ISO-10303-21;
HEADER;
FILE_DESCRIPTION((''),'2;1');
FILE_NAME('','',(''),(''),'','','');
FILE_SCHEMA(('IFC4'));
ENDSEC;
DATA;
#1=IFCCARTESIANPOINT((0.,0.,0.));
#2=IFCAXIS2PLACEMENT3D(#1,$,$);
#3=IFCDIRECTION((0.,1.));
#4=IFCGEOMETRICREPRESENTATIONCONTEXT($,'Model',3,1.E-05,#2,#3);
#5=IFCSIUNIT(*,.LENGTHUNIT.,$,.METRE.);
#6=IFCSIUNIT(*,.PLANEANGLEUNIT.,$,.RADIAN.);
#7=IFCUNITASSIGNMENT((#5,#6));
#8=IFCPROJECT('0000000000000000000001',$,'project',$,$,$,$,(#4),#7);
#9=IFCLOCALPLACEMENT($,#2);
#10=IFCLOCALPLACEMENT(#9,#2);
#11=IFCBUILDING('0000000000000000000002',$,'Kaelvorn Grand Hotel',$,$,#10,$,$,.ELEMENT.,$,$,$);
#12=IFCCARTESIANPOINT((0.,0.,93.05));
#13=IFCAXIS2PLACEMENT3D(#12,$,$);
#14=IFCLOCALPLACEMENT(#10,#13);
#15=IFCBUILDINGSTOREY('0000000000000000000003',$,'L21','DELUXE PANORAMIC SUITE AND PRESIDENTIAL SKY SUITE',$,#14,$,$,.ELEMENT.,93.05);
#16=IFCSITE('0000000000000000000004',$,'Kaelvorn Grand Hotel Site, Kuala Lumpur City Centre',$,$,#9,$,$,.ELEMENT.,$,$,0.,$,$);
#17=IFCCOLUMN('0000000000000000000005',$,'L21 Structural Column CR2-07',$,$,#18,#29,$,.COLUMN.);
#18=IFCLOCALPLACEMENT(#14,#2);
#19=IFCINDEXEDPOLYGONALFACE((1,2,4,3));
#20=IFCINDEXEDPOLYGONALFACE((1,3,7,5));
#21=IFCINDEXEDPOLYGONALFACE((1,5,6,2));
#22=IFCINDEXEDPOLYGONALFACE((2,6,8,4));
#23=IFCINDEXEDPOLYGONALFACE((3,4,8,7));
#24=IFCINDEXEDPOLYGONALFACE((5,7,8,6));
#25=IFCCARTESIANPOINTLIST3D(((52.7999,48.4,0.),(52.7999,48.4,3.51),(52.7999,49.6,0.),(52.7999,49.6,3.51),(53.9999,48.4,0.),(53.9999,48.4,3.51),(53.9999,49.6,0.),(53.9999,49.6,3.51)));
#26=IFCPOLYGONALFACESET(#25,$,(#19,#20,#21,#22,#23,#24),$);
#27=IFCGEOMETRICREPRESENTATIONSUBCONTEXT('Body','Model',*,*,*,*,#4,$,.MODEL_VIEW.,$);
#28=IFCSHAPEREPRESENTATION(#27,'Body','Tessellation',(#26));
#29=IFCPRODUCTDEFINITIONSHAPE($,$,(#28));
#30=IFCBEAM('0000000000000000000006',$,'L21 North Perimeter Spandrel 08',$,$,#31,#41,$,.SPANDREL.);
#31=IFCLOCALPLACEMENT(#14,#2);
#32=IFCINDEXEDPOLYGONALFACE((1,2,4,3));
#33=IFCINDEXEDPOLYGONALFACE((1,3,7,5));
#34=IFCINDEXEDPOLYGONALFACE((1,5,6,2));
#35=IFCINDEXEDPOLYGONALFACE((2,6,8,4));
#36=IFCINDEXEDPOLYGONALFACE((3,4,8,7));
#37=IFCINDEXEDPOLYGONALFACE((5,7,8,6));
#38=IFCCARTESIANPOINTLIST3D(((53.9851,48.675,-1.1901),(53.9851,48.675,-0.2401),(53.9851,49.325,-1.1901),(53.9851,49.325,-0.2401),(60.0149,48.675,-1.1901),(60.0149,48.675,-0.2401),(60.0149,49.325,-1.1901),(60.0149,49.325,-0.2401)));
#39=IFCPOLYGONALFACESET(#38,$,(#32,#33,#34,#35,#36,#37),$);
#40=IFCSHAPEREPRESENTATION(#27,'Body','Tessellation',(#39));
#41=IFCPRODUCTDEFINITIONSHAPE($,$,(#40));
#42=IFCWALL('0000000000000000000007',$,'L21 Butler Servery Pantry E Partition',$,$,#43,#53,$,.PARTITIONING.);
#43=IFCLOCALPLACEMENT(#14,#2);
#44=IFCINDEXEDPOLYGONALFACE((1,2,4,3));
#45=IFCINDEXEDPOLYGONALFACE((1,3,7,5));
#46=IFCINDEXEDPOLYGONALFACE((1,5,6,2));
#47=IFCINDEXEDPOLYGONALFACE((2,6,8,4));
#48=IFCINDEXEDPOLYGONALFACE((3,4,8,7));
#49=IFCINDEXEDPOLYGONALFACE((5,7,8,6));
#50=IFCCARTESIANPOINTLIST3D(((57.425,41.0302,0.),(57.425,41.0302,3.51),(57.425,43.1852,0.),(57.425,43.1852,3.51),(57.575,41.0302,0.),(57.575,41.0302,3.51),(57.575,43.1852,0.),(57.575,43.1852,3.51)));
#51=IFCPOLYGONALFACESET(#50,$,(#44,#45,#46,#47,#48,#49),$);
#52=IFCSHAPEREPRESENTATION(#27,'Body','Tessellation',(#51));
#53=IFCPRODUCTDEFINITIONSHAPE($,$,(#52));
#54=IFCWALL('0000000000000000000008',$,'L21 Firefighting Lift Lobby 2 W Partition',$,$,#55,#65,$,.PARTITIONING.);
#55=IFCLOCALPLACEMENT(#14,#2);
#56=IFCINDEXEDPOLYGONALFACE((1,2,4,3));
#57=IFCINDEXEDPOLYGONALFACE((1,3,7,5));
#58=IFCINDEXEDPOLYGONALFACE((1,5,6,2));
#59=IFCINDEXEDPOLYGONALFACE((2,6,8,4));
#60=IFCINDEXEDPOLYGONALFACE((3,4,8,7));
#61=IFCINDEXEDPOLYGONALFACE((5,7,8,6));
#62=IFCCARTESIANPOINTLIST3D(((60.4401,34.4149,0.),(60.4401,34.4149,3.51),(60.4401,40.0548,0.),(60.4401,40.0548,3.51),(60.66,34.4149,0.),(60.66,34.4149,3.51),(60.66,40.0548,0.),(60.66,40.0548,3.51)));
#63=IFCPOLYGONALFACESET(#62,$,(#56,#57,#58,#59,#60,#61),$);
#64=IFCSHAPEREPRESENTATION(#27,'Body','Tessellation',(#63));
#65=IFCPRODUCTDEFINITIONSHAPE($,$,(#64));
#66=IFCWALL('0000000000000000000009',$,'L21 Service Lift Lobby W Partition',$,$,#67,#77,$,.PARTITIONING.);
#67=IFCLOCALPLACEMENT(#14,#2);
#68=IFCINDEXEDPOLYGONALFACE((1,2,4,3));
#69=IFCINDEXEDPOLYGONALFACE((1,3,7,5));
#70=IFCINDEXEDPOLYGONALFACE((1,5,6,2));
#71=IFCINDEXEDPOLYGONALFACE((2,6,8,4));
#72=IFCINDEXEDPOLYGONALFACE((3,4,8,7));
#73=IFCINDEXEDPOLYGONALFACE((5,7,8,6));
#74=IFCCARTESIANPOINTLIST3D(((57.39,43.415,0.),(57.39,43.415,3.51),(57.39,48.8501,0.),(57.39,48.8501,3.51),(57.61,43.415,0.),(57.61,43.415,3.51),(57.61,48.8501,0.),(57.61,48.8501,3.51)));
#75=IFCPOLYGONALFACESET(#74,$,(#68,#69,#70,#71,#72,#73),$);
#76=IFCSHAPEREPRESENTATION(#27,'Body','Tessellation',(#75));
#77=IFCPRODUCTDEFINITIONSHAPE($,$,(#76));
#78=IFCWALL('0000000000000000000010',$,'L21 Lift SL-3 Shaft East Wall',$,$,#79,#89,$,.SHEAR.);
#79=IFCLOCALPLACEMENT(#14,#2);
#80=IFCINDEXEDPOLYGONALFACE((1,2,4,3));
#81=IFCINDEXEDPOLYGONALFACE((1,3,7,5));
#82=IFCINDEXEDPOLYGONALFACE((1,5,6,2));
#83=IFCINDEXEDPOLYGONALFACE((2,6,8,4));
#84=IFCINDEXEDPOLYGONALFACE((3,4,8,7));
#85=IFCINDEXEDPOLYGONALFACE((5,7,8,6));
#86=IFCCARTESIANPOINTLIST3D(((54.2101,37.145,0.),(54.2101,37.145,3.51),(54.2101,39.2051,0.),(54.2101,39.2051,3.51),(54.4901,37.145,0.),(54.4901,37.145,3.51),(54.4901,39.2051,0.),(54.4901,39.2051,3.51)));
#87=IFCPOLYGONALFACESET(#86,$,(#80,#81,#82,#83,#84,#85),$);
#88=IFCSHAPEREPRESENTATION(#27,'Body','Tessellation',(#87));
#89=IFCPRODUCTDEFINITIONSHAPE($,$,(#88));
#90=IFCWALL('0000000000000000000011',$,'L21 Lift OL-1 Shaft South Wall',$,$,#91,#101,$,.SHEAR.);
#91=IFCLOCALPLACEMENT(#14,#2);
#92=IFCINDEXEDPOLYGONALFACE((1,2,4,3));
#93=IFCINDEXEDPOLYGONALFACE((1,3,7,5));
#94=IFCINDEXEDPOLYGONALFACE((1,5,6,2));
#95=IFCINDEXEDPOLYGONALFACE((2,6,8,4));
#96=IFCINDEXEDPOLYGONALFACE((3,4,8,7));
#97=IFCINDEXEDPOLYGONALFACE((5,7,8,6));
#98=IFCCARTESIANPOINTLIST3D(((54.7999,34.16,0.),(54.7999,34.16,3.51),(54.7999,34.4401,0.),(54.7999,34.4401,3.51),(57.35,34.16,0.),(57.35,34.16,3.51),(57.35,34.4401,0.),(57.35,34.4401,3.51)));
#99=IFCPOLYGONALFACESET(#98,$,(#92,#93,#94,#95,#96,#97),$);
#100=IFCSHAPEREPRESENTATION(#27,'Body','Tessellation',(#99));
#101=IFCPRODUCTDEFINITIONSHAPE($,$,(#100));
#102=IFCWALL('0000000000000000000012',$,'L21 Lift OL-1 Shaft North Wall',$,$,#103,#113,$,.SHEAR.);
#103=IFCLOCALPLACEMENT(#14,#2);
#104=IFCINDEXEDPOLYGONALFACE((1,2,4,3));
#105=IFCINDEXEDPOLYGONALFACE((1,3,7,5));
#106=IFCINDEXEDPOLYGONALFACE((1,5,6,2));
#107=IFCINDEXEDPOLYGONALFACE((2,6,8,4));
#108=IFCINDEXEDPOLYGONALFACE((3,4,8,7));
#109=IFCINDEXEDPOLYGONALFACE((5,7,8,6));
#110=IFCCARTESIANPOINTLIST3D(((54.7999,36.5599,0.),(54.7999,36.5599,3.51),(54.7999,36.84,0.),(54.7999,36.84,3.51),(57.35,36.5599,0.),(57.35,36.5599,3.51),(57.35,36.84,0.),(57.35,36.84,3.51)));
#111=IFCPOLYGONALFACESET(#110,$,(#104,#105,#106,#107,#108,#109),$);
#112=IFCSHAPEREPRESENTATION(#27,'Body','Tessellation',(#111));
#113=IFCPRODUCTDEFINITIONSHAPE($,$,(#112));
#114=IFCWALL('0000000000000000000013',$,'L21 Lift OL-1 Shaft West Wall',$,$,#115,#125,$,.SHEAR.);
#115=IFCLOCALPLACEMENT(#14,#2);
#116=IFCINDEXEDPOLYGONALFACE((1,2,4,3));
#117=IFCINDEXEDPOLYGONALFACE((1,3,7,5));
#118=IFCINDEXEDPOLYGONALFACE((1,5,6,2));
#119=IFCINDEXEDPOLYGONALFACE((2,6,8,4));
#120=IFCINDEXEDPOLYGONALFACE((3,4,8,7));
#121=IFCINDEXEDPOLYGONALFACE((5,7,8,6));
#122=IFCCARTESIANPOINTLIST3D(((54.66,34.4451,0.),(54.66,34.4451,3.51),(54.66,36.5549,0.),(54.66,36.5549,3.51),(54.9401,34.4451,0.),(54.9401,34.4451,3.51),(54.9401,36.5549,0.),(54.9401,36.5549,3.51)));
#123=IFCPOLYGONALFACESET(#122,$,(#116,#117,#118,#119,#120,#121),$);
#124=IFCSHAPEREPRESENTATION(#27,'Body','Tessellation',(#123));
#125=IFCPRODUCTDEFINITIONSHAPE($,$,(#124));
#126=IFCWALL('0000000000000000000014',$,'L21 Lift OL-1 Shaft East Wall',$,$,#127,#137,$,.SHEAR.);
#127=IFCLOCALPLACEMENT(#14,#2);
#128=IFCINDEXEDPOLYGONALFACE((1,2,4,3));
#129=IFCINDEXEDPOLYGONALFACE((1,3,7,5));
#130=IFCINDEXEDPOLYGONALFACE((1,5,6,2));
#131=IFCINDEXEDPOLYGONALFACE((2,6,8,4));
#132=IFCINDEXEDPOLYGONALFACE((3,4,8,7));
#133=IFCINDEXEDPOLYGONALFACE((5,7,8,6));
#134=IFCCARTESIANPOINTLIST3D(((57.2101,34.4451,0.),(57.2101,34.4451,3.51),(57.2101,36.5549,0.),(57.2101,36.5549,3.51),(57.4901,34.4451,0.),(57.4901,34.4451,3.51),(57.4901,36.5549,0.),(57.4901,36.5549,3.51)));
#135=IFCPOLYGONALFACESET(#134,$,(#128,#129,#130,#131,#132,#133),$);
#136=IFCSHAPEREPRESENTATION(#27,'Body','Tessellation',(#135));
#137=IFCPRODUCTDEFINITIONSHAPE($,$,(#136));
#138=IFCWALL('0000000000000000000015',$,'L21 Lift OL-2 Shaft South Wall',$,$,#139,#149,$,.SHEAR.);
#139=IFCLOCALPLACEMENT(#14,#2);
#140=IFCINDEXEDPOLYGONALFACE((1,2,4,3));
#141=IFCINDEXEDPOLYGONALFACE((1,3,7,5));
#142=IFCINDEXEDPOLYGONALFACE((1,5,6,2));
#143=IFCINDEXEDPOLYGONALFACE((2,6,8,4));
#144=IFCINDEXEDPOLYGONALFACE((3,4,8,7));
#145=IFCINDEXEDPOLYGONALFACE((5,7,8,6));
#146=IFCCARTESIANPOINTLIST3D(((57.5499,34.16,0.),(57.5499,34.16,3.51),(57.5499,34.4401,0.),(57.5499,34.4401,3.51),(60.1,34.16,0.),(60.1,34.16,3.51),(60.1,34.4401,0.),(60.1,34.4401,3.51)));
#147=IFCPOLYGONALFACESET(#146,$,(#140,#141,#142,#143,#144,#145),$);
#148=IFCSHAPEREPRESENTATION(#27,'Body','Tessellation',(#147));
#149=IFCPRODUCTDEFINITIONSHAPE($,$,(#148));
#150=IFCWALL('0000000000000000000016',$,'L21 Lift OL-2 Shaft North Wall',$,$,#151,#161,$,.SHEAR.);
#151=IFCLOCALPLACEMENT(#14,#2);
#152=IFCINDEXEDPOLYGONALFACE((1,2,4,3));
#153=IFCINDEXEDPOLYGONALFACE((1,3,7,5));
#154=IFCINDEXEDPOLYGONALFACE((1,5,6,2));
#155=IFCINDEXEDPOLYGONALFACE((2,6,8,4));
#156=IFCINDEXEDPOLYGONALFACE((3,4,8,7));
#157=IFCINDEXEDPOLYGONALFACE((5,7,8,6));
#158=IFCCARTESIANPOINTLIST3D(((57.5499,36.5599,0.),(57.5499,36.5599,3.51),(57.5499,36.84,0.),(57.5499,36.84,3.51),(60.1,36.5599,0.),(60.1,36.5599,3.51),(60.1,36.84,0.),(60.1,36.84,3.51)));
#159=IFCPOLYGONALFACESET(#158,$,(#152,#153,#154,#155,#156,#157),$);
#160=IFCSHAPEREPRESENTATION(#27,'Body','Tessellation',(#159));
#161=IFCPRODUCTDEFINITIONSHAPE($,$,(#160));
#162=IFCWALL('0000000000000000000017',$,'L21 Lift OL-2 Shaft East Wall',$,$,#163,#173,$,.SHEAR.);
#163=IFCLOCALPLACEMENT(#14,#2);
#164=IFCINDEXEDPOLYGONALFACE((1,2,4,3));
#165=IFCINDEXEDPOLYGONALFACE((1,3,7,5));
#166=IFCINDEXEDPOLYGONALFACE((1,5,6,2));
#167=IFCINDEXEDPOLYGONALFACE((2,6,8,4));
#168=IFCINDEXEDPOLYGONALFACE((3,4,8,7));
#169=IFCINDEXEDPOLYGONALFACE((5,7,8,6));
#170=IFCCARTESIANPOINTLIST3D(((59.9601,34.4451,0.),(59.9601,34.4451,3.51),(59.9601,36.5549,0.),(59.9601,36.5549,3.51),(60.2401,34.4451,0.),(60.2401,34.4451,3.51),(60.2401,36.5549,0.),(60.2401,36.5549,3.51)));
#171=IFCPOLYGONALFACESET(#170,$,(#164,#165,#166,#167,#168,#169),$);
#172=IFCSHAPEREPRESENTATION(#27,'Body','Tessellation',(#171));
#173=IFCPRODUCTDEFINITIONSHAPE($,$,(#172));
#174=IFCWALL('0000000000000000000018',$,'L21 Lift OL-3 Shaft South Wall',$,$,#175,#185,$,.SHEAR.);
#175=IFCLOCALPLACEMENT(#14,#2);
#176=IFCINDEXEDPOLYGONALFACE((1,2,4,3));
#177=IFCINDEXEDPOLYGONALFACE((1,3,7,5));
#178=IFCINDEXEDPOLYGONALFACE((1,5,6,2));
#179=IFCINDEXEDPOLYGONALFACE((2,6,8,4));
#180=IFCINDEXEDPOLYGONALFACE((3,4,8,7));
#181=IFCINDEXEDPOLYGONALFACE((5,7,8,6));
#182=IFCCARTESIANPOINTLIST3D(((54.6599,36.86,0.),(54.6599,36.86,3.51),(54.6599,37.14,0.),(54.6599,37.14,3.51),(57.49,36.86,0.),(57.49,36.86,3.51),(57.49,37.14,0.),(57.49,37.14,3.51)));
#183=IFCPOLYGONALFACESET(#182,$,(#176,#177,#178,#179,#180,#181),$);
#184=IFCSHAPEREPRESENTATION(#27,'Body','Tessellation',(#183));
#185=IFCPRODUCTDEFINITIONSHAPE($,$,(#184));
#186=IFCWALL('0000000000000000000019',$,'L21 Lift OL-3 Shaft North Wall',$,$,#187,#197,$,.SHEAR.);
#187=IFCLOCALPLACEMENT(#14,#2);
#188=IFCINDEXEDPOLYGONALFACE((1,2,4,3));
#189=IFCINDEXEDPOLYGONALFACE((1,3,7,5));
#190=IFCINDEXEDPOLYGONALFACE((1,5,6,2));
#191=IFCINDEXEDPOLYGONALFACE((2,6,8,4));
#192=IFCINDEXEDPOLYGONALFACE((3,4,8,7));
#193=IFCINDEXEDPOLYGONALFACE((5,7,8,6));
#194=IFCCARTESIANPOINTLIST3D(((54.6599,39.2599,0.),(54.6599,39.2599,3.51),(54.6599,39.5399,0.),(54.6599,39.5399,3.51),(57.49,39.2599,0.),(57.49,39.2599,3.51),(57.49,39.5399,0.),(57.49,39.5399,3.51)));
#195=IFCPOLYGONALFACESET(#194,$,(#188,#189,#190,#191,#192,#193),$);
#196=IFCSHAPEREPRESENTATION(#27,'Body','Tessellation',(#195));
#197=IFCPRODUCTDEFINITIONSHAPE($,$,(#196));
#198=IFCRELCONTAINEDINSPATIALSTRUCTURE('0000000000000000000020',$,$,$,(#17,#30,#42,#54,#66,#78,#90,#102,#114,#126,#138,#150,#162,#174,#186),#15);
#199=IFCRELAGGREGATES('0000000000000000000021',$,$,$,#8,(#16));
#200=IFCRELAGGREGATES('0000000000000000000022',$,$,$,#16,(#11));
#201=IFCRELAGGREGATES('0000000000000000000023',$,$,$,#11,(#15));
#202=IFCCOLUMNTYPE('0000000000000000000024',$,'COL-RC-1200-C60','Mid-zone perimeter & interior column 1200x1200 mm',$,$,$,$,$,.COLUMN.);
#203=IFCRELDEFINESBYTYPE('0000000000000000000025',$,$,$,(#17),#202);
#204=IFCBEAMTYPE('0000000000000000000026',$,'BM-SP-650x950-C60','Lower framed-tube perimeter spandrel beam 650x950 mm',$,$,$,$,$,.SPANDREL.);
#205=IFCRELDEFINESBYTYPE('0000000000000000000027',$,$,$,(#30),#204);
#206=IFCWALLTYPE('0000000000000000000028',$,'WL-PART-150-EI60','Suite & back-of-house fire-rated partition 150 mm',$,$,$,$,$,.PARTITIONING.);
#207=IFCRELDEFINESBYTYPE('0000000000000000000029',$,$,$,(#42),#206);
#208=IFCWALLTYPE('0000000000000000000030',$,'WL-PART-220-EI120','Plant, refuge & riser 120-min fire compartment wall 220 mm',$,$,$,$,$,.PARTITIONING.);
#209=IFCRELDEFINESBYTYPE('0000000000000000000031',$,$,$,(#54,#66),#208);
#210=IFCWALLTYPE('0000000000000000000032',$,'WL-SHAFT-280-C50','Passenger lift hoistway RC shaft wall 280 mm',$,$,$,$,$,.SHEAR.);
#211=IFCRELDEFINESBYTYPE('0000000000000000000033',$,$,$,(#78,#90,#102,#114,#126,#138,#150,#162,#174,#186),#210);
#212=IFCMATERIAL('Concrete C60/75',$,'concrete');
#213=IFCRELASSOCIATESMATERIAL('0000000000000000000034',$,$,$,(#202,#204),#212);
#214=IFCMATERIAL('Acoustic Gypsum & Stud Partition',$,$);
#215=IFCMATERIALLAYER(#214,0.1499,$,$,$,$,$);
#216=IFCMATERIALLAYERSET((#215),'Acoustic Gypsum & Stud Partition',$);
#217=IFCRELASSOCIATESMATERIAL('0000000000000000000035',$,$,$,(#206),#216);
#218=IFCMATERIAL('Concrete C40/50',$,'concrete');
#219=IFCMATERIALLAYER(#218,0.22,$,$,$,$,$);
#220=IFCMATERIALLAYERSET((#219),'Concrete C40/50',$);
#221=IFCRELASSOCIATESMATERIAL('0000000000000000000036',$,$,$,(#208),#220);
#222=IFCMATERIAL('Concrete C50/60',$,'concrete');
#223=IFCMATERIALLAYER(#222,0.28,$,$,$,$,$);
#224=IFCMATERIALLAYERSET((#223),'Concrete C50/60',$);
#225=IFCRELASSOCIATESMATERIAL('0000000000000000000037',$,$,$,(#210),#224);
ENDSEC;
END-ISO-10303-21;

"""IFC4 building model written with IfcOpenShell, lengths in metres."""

from ifc_helpers import new_model, si_unit, direction, frame, frame_2d, origin, origin_2d, place, context, subcontext, project, spatial, rectangle, extrude, material, layer, layer_set, material_profile, profile_set, type_object, element, save


model = new_model("IFC4")

# Units and contexts
model_context = context("Model", 3, precision=1e-05, world=origin(), true_north=direction((0.0, 1.0)))
body_context = subcontext(model_context, "Body", "Model", "MODEL_VIEW")
ifc_project = project(units=[si_unit("LENGTHUNIT", "METRE"), si_unit("PLANEANGLEUNIT", "RADIAN")], contexts=[model_context])

# Site, building, storey
site_placement = place(None, origin())
site = spatial("IfcSite", under=ifc_project, at=site_placement, Name="Kaelvorn Grand Hotel Site, Kuala Lumpur City Centre", CompositionType="ELEMENT", RefElevation=0.0)
building_placement = place(site_placement, origin())
building = spatial("IfcBuilding", under=site, at=building_placement, Name="Kaelvorn Grand Hotel", CompositionType="ELEMENT")
storey_placement = place(building_placement, frame((0.0, 0.0, 93.05)))
storey = spatial("IfcBuildingStorey", under=building, at=storey_placement, Name="L21", Description="DELUXE PANORAMIC SUITE AND PRESIDENTIAL SKY SUITE", CompositionType="ELEMENT", Elevation=93.05)

# Column
ifc_material_1 = material(Name="Concrete C60/75", Category="concrete")
ifc_material_profile_1 = material_profile(ifc_material_1, rectangle(XDim=1.2, YDim=1.2, at=origin_2d()), Name="RC COL 1200x1200")
ifc_profile_set_1 = profile_set([ifc_material_profile_1], Name="Concrete C60/75")
column_type = type_object("IfcColumnType", Name="COL-RC-1200-C60", Description="Mid-zone perimeter & interior column 1200x1200 mm", PredefinedType="COLUMN", material=ifc_profile_set_1)
column_placement = place(storey_placement, frame((53.3999, 49.0, 0.0), z_axis=(0.0, 0.0, 1.0), x_axis=(1.0, 0.0, 0.0)))
element("IfcColumn", 1, at=column_placement, inside=storey, type_object=column_type, Name="L21 Structural Column CR2-07", PredefinedType="COLUMN", context=body_context, shape_type="SweptSolid", body=[
    extrude(rectangle(XDim=1.2, YDim=1.2, at=origin_2d()), origin(), (0.0, 0.0, 1.0), 3.51),
])

# Beam
ifc_material_profile_2 = material_profile(ifc_material_1, rectangle(XDim=0.6499, YDim=0.95, at=origin_2d()), Name="RC SPANDREL 650x950")
ifc_profile_set_2 = profile_set([ifc_material_profile_2], Name="Concrete C60/75")
beam_type = type_object("IfcBeamType", Name="BM-SP-650x950-C60", Description="Lower framed-tube perimeter spandrel beam 650x950 mm", PredefinedType="SPANDREL", material=ifc_profile_set_2)
beam_placement = place(storey_placement, frame((53.9851, 49.0, -0.7151), z_axis=(1.0, 0.0, 0.0), x_axis=(0.0, 1.0, 0.0)))
element("IfcBeam", 2, at=beam_placement, inside=storey, type_object=beam_type, Name="L21 North Perimeter Spandrel 08", PredefinedType="SPANDREL", context=body_context, shape_type="SweptSolid", body=[
    extrude(rectangle(XDim=0.6499, YDim=0.95, at=origin_2d()), origin(), (0.0, 0.0, 1.0), 6.0298),
])

# Wall
ifc_material_2 = material(Name="Acoustic Gypsum & Stud Partition")
ifc_layer_1 = layer(ifc_material_2, 0.1499)
ifc_layer_set_1 = layer_set([ifc_layer_1], Name="Acoustic Gypsum & Stud Partition")
wall_type_1 = type_object("IfcWallType", Name="WL-PART-150-EI60", Description="Suite & back-of-house fire-rated partition 150 mm", PredefinedType="PARTITIONING", material=ifc_layer_set_1)
wall_1_placement = place(storey_placement, frame((57.5, 41.03, 0.0), z_axis=(0.0, 0.0, 1.0), x_axis=(0.0, 1.0, 0.0)))
element("IfcWall", 3, at=wall_1_placement, inside=storey, type_object=wall_type_1, Name="L21 Butler Servery Pantry E Partition", PredefinedType="PARTITIONING", context=body_context, shape_type="SweptSolid", body=[
    extrude(rectangle(XDim=2.155, YDim=0.1499, at=frame_2d((1.0776, 0.0))), origin(), (0.0, 0.0, 1.0), 3.51),
])

# Shared definitions
ifc_material_3 = material(Name="Concrete C40/50", Category="concrete")
ifc_layer_2 = layer(ifc_material_3, 0.22)
ifc_layer_set_2 = layer_set([ifc_layer_2], Name="Concrete C40/50")
wall_type_2 = type_object("IfcWallType", Name="WL-PART-220-EI120", Description="Plant, refuge & riser 120-min fire compartment wall 220 mm", PredefinedType="PARTITIONING", material=ifc_layer_set_2)

# Wall
wall_2_placement = place(storey_placement, frame((60.55, 34.415, 0.0), z_axis=(0.0, 0.0, 1.0), x_axis=(0.0, 1.0, 0.0)))
element("IfcWall", 4, at=wall_2_placement, inside=storey, type_object=wall_type_2, Name="L21 Firefighting Lift Lobby 2 W Partition", PredefinedType="PARTITIONING", context=body_context, shape_type="SweptSolid", body=[
    extrude(rectangle(XDim=5.6399, YDim=0.22, at=frame_2d((2.8198, 0.0))), origin(), (0.0, 0.0, 1.0), 3.51),
])

# Walls
wall_3_placement = place(storey_placement, frame((57.5, 43.415, 0.0), z_axis=(0.0, 0.0, 1.0), x_axis=(0.0, 1.0, 0.0)))
element("IfcWall", 5, at=wall_3_placement, inside=storey, type_object=wall_type_2, Name="L21 Service Lift Lobby W Partition", PredefinedType="PARTITIONING", context=body_context, shape_type="SweptSolid", body=[
    extrude(rectangle(XDim=5.4351, YDim=0.22, at=frame_2d((2.7175, 0.0))), origin(), (0.0, 0.0, 1.0), 3.51),
])
ifc_material_4 = material(Name="Concrete C50/60", Category="concrete")
ifc_layer_3 = layer(ifc_material_4, 0.28)
ifc_layer_set_3 = layer_set([ifc_layer_3], Name="Concrete C50/60")
wall_type_3 = type_object("IfcWallType", Name="WL-SHAFT-280-C50", Description="Passenger lift hoistway RC shaft wall 280 mm", PredefinedType="SHEAR", material=ifc_layer_set_3)
wall_4_placement = place(storey_placement, frame((54.3501, 37.145, 0.0), z_axis=(0.0, 0.0, 1.0), x_axis=(0.0, 1.0, 0.0)))
element("IfcWall", 6, at=wall_4_placement, inside=storey, type_object=wall_type_3, Name="L21 Lift SL-3 Shaft East Wall", PredefinedType="SHEAR", context=body_context, shape_type="SweptSolid", body=[
    extrude(rectangle(XDim=2.0601, YDim=0.28, at=frame_2d((1.03, 0.0))), origin(), (0.0, 0.0, 1.0), 3.51),
])
for number, where, z_axis, x_axis, name in (
    (7, (54.8, 34.3, 0.0), (0.0, 0.0, 1.0), (1.0, 0.0, 0.0), "L21 Lift OL-1 Shaft South Wall"),
    (8, (54.8, 36.7, 0.0), (0.0, 0.0, 1.0), (1.0, 0.0, 0.0), "L21 Lift OL-1 Shaft North Wall"),
):
    element("IfcWall", number, at=place(storey_placement, frame(where, z_axis=z_axis, x_axis=x_axis)), inside=storey, type_object=wall_type_3, Name=name, PredefinedType="SHEAR", context=body_context, shape_type="SweptSolid", body=[
        extrude(rectangle(XDim=2.55, YDim=0.28, at=frame_2d((1.2749, 0.0))), origin(), (0.0, 0.0, 1.0), 3.51),
    ])
for number, where, z_axis, x_axis, name in (
    (9, (54.8, 34.4451, 0.0), (0.0, 0.0, 1.0), (0.0, 1.0, 0.0), "L21 Lift OL-1 Shaft West Wall"),
    (10, (57.3501, 34.4451, 0.0), (0.0, 0.0, 1.0), (0.0, 1.0, 0.0), "L21 Lift OL-1 Shaft East Wall"),
):
    element("IfcWall", number, at=place(storey_placement, frame(where, z_axis=z_axis, x_axis=x_axis)), inside=storey, type_object=wall_type_3, Name=name, PredefinedType="SHEAR", context=body_context, shape_type="SweptSolid", body=[
        extrude(rectangle(XDim=2.1099, YDim=0.28, at=frame_2d((1.0549, 0.0))), origin(), (0.0, 0.0, 1.0), 3.51),
    ])
for number, where, z_axis, x_axis, name in (
    (11, (57.55, 34.3, 0.0), (0.0, 0.0, 1.0), (1.0, 0.0, 0.0), "L21 Lift OL-2 Shaft South Wall"),
    (12, (57.55, 36.7, 0.0), (0.0, 0.0, 1.0), (1.0, 0.0, 0.0), "L21 Lift OL-2 Shaft North Wall"),
):
    element("IfcWall", number, at=place(storey_placement, frame(where, z_axis=z_axis, x_axis=x_axis)), inside=storey, type_object=wall_type_3, Name=name, PredefinedType="SHEAR", context=body_context, shape_type="SweptSolid", body=[
        extrude(rectangle(XDim=2.55, YDim=0.28, at=frame_2d((1.2749, 0.0))), origin(), (0.0, 0.0, 1.0), 3.51),
    ])
wall_5_placement = place(storey_placement, frame((60.1001, 34.4451, 0.0), z_axis=(0.0, 0.0, 1.0), x_axis=(0.0, 1.0, 0.0)))
element("IfcWall", 13, at=wall_5_placement, inside=storey, type_object=wall_type_3, Name="L21 Lift OL-2 Shaft East Wall", PredefinedType="SHEAR", context=body_context, shape_type="SweptSolid", body=[
    extrude(rectangle(XDim=2.1099, YDim=0.28, at=frame_2d((1.0549, 0.0))), origin(), (0.0, 0.0, 1.0), 3.51),
])
for number, where, z_axis, x_axis, name in (
    (14, (54.6599, 37.0, 0.0), (0.0, 0.0, 1.0), (1.0, 0.0, 0.0), "L21 Lift OL-3 Shaft South Wall"),
    (15, (54.6599, 39.3999, 0.0), (0.0, 0.0, 1.0), (1.0, 0.0, 0.0), "L21 Lift OL-3 Shaft North Wall"),
):
    element("IfcWall", number, at=place(storey_placement, frame(where, z_axis=z_axis, x_axis=x_axis)), inside=storey, type_object=wall_type_3, Name=name, PredefinedType="SHEAR", context=body_context, shape_type="SweptSolid", body=[
        extrude(rectangle(XDim=2.8301, YDim=0.28, at=frame_2d((1.415, 0.0))), origin(), (0.0, 0.0, 1.0), 3.51),
    ])

save(model, "model.ifc")
